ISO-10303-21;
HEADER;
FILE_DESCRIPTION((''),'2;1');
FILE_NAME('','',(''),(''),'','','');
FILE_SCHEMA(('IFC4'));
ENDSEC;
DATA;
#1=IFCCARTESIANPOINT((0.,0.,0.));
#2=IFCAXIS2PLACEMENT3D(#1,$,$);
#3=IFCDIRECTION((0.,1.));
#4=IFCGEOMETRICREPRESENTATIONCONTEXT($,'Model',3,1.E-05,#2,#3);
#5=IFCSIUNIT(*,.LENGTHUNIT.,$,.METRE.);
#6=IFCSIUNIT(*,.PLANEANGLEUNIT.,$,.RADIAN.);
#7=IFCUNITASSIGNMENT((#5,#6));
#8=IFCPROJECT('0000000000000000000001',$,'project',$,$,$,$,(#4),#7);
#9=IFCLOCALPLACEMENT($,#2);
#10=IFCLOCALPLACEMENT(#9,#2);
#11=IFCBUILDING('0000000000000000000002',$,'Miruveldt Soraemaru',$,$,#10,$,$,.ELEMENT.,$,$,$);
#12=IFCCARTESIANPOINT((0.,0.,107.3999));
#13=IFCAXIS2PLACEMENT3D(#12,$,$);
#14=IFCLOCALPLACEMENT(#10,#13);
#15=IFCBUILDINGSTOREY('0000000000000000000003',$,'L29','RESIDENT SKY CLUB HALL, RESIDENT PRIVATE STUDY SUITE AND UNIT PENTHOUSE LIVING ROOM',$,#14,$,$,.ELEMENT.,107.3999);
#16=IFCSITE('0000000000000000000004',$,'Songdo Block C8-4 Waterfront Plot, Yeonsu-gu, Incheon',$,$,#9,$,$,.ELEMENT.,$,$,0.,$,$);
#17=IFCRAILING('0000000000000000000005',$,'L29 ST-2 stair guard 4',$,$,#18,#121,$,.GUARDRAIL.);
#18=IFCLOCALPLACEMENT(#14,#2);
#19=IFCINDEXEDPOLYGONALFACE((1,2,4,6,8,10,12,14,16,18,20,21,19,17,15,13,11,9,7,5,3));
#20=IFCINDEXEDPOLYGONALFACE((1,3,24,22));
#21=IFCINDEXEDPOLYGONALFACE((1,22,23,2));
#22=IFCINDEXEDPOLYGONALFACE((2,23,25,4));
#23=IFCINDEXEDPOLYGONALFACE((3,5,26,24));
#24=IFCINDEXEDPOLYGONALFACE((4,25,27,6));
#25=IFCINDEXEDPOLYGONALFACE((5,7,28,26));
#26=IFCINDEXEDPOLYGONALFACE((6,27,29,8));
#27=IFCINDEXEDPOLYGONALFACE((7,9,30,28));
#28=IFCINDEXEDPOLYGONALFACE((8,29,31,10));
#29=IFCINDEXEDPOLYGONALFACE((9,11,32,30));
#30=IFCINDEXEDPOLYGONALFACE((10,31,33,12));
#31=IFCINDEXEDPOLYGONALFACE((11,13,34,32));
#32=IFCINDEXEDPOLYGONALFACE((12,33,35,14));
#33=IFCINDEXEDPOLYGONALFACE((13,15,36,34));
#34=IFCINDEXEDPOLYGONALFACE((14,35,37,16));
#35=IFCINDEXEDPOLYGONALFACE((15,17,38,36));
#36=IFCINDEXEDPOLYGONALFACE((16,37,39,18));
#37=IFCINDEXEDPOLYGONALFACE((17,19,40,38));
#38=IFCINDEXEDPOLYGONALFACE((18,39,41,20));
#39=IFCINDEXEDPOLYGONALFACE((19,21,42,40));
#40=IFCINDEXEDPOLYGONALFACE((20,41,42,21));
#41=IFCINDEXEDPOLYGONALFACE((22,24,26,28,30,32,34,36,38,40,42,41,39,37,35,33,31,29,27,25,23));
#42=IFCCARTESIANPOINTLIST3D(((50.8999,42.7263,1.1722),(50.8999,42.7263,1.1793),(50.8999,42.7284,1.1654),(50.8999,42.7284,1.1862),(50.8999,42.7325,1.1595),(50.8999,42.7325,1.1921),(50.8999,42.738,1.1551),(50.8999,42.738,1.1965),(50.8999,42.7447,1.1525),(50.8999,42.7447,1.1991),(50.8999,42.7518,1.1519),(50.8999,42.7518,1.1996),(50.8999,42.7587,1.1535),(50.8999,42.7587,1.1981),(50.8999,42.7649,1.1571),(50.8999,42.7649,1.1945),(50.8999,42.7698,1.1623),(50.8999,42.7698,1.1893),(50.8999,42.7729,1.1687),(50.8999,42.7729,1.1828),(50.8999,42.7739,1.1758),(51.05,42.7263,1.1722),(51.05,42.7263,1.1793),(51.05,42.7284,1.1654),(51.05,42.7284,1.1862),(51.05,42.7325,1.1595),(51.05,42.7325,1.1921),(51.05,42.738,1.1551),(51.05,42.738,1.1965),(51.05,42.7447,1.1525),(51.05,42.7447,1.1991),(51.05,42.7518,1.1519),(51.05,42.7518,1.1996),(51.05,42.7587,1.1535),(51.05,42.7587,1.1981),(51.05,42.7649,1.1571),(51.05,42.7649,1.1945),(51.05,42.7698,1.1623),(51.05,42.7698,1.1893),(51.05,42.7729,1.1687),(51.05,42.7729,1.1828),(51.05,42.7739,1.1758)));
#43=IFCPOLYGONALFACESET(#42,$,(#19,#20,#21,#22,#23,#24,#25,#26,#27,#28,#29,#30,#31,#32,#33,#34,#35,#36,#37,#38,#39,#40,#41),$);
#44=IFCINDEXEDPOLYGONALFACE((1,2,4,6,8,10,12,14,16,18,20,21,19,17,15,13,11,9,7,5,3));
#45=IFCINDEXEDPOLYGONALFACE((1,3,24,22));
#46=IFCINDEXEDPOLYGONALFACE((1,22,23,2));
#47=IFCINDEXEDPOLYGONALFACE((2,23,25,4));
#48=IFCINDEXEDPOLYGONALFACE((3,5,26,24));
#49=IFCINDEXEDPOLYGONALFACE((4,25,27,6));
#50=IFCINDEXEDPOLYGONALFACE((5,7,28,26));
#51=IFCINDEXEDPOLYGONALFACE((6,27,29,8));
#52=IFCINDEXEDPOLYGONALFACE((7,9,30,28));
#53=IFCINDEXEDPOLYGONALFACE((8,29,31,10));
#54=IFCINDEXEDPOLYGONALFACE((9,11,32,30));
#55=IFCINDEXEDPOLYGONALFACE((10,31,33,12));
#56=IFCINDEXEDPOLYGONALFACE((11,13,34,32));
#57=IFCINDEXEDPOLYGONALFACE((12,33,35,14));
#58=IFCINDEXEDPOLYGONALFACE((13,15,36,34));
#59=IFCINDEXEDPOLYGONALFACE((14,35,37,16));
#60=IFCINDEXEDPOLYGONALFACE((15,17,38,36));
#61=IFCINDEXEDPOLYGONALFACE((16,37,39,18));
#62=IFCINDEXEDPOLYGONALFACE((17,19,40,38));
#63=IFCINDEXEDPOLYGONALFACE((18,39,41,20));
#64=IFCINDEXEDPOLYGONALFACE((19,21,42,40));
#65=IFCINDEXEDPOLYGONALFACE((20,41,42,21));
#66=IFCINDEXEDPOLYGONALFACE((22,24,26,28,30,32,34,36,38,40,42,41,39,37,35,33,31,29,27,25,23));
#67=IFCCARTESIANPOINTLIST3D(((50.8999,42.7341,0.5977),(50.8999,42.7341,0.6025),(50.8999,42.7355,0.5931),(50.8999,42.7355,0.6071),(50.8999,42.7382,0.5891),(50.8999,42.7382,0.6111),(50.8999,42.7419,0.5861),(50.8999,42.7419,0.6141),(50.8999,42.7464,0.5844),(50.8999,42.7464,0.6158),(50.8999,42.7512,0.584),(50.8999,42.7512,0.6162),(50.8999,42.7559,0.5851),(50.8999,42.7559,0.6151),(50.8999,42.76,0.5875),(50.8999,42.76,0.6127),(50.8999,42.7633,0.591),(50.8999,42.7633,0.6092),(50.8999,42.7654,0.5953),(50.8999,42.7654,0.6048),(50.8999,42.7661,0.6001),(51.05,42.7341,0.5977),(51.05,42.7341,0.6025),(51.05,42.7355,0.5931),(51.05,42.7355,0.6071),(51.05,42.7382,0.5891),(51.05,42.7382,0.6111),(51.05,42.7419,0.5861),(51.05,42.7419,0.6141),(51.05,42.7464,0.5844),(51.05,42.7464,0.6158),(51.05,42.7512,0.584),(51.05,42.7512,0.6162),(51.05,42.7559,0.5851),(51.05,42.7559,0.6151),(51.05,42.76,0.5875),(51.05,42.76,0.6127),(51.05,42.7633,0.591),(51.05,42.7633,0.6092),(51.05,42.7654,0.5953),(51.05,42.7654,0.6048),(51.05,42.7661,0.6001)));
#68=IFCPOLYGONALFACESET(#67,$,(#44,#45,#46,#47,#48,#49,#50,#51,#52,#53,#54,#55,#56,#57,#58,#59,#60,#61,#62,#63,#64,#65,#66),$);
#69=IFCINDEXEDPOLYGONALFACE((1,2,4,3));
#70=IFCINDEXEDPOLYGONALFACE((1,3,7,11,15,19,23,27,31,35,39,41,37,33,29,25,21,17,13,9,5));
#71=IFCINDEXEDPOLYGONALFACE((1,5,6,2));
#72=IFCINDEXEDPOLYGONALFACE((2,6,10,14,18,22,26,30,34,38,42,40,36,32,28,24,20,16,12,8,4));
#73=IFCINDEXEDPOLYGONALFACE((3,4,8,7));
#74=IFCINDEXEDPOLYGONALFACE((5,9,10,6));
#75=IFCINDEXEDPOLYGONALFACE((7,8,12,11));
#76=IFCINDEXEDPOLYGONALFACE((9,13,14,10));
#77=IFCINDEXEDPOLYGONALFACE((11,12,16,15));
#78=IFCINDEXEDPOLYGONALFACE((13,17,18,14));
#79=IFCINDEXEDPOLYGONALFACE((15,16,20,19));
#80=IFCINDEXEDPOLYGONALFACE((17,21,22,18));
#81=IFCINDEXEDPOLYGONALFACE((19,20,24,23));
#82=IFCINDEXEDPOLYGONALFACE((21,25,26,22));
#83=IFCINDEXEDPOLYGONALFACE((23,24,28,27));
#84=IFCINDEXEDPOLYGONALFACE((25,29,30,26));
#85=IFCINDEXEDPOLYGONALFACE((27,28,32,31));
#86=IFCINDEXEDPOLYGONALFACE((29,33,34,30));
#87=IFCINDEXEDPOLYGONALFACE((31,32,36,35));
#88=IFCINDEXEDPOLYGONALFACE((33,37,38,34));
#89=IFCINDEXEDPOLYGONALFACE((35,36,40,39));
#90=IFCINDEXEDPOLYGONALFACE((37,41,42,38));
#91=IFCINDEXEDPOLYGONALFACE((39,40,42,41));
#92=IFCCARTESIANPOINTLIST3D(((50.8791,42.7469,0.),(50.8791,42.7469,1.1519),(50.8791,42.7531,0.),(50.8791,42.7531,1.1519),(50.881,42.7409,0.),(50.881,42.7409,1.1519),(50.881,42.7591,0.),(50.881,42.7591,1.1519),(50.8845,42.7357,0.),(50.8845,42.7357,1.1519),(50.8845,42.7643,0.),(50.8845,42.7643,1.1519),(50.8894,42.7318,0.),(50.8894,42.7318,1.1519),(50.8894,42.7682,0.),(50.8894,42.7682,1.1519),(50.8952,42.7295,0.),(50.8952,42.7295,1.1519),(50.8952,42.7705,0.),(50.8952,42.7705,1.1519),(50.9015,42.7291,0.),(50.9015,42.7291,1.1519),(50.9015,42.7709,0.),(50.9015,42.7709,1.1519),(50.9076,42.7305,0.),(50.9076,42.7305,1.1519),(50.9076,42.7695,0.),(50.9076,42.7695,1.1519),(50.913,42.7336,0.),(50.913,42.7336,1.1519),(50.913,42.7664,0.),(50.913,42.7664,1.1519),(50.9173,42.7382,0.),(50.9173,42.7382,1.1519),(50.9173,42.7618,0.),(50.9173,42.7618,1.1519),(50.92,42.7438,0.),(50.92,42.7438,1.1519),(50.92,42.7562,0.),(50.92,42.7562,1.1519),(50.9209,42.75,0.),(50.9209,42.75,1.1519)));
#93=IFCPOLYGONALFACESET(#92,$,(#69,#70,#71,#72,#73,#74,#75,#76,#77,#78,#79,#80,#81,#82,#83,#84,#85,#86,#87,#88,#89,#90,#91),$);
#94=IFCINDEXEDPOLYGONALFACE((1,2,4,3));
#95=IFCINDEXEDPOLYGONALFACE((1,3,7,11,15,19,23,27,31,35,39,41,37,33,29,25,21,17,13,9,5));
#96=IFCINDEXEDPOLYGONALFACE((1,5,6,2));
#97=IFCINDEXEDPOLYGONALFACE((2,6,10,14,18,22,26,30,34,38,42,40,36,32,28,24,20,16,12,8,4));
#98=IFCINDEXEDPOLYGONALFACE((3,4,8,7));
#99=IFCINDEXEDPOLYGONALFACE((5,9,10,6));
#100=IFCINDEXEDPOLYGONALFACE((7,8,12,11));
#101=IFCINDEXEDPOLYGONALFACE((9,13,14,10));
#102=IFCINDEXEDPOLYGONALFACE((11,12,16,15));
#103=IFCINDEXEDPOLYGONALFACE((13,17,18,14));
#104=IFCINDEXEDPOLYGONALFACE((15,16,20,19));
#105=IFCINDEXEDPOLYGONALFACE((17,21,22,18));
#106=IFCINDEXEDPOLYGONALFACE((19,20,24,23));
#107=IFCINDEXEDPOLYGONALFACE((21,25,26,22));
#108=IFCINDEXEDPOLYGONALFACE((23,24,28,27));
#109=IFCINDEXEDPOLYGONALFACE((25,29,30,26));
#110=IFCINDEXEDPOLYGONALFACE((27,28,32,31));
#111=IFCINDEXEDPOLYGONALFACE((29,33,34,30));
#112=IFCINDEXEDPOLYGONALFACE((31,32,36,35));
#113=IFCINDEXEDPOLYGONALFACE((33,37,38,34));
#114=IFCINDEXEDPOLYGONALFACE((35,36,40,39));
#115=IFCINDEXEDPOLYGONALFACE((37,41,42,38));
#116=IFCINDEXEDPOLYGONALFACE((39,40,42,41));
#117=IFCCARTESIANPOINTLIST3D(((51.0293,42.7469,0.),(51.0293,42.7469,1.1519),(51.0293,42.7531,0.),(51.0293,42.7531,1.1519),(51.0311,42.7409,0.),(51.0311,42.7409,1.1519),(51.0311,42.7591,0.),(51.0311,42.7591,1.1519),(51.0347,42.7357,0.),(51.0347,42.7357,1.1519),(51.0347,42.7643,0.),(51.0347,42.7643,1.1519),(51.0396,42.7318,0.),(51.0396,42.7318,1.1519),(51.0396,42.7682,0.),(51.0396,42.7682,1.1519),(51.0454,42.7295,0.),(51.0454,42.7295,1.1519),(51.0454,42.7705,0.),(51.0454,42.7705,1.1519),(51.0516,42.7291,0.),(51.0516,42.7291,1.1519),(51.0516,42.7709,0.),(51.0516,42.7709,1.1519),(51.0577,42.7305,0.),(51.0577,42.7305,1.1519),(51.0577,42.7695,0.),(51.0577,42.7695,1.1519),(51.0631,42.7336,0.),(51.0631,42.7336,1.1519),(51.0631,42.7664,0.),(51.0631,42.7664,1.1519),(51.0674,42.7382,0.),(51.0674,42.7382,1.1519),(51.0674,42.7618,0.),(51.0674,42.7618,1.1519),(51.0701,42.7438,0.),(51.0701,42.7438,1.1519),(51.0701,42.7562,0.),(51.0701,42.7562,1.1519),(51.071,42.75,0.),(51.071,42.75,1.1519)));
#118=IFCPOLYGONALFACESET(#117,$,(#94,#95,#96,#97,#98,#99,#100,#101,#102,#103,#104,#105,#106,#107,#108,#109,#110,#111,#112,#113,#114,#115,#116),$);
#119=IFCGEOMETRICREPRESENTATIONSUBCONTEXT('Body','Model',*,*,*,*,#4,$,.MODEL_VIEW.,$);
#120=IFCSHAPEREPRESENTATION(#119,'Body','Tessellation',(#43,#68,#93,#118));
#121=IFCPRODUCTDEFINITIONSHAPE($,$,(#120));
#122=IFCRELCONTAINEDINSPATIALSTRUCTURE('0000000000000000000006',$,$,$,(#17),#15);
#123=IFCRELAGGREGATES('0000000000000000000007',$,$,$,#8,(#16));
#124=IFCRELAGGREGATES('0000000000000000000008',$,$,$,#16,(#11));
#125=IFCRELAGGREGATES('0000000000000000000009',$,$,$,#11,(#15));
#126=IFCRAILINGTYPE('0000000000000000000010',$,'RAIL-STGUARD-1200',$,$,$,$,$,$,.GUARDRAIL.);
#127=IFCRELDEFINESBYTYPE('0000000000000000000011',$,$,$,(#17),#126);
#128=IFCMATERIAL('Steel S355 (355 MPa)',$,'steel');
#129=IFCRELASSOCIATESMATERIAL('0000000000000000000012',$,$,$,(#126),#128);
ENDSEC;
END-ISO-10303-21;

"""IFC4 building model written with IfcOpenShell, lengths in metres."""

from ifc_helpers import new_model, si_unit, direction, frame, origin, origin_2d, place, context, subcontext, project, spatial, circle, extrude, material, type_object, element, save


model = new_model("IFC4")

# Units and contexts
model_context = context("Model", 3, precision=1e-05, world=origin(), true_north=direction((0.0, 1.0)))
body_context = subcontext(model_context, "Body", "Model", "MODEL_VIEW")
ifc_project = project(units=[si_unit("LENGTHUNIT", "METRE"), si_unit("PLANEANGLEUNIT", "RADIAN")], contexts=[model_context])

# Site, building, storey
site_placement = place(None, origin())
site = spatial("IfcSite", under=ifc_project, at=site_placement, Name="Songdo Block C8-4 Waterfront Plot, Yeonsu-gu, Incheon", CompositionType="ELEMENT", RefElevation=0.0)
building_placement = place(site_placement, origin())
building = spatial("IfcBuilding", under=site, at=building_placement, Name="Miruveldt Soraemaru", CompositionType="ELEMENT")
storey_placement = place(building_placement, frame((0.0, 0.0, 107.3999)))
storey = spatial("IfcBuildingStorey", under=building, at=storey_placement, Name="L29", Description="RESIDENT SKY CLUB HALL, RESIDENT PRIVATE STUDY SUITE AND UNIT PENTHOUSE LIVING ROOM", CompositionType="ELEMENT", Elevation=107.3999)

# Railing
ifc_material_1 = material(Name="Steel S355 (355 MPa)", Category="steel")
railing_type_1 = type_object("IfcRailingType", Name="RAIL-STGUARD-1200", PredefinedType="GUARDRAIL", material=ifc_material_1)
railing_1_placement = place(storey_placement, frame((50.8999, 42.75, 0.0)))
element("IfcRailing", 1, at=railing_1_placement, inside=storey, type_object=railing_type_1, Name="L29 ST-2 stair guard 4", PredefinedType="GUARDRAIL", context=body_context, shape_type="SweptSolid", body=[
    extrude(circle(Radius=0.0239, at=origin_2d()), frame((0.0, 0.0, 1.1758), z_axis=(1.0, 0.0, 0.0), x_axis=(0.0, 1.0, 0.0)), (0.0, 0.0, 1.0), 0.1501),
    extrude(circle(Radius=0.0161, at=origin_2d()), frame((0.0, 0.0, 0.6001), z_axis=(1.0, 0.0, 0.0), x_axis=(0.0, 1.0, 0.0)), (0.0, 0.0, 1.0), 0.1501),
    extrude(circle(Radius=0.021, at=origin_2d()), origin(), (0.0, 0.0, 1.0), 1.1519),
    extrude(circle(Radius=0.021, at=origin_2d()), frame((0.1501, 0.0, 0.0)), (0.0, 0.0, 1.0), 1.1519),
])

save(model, "model.ifc")
